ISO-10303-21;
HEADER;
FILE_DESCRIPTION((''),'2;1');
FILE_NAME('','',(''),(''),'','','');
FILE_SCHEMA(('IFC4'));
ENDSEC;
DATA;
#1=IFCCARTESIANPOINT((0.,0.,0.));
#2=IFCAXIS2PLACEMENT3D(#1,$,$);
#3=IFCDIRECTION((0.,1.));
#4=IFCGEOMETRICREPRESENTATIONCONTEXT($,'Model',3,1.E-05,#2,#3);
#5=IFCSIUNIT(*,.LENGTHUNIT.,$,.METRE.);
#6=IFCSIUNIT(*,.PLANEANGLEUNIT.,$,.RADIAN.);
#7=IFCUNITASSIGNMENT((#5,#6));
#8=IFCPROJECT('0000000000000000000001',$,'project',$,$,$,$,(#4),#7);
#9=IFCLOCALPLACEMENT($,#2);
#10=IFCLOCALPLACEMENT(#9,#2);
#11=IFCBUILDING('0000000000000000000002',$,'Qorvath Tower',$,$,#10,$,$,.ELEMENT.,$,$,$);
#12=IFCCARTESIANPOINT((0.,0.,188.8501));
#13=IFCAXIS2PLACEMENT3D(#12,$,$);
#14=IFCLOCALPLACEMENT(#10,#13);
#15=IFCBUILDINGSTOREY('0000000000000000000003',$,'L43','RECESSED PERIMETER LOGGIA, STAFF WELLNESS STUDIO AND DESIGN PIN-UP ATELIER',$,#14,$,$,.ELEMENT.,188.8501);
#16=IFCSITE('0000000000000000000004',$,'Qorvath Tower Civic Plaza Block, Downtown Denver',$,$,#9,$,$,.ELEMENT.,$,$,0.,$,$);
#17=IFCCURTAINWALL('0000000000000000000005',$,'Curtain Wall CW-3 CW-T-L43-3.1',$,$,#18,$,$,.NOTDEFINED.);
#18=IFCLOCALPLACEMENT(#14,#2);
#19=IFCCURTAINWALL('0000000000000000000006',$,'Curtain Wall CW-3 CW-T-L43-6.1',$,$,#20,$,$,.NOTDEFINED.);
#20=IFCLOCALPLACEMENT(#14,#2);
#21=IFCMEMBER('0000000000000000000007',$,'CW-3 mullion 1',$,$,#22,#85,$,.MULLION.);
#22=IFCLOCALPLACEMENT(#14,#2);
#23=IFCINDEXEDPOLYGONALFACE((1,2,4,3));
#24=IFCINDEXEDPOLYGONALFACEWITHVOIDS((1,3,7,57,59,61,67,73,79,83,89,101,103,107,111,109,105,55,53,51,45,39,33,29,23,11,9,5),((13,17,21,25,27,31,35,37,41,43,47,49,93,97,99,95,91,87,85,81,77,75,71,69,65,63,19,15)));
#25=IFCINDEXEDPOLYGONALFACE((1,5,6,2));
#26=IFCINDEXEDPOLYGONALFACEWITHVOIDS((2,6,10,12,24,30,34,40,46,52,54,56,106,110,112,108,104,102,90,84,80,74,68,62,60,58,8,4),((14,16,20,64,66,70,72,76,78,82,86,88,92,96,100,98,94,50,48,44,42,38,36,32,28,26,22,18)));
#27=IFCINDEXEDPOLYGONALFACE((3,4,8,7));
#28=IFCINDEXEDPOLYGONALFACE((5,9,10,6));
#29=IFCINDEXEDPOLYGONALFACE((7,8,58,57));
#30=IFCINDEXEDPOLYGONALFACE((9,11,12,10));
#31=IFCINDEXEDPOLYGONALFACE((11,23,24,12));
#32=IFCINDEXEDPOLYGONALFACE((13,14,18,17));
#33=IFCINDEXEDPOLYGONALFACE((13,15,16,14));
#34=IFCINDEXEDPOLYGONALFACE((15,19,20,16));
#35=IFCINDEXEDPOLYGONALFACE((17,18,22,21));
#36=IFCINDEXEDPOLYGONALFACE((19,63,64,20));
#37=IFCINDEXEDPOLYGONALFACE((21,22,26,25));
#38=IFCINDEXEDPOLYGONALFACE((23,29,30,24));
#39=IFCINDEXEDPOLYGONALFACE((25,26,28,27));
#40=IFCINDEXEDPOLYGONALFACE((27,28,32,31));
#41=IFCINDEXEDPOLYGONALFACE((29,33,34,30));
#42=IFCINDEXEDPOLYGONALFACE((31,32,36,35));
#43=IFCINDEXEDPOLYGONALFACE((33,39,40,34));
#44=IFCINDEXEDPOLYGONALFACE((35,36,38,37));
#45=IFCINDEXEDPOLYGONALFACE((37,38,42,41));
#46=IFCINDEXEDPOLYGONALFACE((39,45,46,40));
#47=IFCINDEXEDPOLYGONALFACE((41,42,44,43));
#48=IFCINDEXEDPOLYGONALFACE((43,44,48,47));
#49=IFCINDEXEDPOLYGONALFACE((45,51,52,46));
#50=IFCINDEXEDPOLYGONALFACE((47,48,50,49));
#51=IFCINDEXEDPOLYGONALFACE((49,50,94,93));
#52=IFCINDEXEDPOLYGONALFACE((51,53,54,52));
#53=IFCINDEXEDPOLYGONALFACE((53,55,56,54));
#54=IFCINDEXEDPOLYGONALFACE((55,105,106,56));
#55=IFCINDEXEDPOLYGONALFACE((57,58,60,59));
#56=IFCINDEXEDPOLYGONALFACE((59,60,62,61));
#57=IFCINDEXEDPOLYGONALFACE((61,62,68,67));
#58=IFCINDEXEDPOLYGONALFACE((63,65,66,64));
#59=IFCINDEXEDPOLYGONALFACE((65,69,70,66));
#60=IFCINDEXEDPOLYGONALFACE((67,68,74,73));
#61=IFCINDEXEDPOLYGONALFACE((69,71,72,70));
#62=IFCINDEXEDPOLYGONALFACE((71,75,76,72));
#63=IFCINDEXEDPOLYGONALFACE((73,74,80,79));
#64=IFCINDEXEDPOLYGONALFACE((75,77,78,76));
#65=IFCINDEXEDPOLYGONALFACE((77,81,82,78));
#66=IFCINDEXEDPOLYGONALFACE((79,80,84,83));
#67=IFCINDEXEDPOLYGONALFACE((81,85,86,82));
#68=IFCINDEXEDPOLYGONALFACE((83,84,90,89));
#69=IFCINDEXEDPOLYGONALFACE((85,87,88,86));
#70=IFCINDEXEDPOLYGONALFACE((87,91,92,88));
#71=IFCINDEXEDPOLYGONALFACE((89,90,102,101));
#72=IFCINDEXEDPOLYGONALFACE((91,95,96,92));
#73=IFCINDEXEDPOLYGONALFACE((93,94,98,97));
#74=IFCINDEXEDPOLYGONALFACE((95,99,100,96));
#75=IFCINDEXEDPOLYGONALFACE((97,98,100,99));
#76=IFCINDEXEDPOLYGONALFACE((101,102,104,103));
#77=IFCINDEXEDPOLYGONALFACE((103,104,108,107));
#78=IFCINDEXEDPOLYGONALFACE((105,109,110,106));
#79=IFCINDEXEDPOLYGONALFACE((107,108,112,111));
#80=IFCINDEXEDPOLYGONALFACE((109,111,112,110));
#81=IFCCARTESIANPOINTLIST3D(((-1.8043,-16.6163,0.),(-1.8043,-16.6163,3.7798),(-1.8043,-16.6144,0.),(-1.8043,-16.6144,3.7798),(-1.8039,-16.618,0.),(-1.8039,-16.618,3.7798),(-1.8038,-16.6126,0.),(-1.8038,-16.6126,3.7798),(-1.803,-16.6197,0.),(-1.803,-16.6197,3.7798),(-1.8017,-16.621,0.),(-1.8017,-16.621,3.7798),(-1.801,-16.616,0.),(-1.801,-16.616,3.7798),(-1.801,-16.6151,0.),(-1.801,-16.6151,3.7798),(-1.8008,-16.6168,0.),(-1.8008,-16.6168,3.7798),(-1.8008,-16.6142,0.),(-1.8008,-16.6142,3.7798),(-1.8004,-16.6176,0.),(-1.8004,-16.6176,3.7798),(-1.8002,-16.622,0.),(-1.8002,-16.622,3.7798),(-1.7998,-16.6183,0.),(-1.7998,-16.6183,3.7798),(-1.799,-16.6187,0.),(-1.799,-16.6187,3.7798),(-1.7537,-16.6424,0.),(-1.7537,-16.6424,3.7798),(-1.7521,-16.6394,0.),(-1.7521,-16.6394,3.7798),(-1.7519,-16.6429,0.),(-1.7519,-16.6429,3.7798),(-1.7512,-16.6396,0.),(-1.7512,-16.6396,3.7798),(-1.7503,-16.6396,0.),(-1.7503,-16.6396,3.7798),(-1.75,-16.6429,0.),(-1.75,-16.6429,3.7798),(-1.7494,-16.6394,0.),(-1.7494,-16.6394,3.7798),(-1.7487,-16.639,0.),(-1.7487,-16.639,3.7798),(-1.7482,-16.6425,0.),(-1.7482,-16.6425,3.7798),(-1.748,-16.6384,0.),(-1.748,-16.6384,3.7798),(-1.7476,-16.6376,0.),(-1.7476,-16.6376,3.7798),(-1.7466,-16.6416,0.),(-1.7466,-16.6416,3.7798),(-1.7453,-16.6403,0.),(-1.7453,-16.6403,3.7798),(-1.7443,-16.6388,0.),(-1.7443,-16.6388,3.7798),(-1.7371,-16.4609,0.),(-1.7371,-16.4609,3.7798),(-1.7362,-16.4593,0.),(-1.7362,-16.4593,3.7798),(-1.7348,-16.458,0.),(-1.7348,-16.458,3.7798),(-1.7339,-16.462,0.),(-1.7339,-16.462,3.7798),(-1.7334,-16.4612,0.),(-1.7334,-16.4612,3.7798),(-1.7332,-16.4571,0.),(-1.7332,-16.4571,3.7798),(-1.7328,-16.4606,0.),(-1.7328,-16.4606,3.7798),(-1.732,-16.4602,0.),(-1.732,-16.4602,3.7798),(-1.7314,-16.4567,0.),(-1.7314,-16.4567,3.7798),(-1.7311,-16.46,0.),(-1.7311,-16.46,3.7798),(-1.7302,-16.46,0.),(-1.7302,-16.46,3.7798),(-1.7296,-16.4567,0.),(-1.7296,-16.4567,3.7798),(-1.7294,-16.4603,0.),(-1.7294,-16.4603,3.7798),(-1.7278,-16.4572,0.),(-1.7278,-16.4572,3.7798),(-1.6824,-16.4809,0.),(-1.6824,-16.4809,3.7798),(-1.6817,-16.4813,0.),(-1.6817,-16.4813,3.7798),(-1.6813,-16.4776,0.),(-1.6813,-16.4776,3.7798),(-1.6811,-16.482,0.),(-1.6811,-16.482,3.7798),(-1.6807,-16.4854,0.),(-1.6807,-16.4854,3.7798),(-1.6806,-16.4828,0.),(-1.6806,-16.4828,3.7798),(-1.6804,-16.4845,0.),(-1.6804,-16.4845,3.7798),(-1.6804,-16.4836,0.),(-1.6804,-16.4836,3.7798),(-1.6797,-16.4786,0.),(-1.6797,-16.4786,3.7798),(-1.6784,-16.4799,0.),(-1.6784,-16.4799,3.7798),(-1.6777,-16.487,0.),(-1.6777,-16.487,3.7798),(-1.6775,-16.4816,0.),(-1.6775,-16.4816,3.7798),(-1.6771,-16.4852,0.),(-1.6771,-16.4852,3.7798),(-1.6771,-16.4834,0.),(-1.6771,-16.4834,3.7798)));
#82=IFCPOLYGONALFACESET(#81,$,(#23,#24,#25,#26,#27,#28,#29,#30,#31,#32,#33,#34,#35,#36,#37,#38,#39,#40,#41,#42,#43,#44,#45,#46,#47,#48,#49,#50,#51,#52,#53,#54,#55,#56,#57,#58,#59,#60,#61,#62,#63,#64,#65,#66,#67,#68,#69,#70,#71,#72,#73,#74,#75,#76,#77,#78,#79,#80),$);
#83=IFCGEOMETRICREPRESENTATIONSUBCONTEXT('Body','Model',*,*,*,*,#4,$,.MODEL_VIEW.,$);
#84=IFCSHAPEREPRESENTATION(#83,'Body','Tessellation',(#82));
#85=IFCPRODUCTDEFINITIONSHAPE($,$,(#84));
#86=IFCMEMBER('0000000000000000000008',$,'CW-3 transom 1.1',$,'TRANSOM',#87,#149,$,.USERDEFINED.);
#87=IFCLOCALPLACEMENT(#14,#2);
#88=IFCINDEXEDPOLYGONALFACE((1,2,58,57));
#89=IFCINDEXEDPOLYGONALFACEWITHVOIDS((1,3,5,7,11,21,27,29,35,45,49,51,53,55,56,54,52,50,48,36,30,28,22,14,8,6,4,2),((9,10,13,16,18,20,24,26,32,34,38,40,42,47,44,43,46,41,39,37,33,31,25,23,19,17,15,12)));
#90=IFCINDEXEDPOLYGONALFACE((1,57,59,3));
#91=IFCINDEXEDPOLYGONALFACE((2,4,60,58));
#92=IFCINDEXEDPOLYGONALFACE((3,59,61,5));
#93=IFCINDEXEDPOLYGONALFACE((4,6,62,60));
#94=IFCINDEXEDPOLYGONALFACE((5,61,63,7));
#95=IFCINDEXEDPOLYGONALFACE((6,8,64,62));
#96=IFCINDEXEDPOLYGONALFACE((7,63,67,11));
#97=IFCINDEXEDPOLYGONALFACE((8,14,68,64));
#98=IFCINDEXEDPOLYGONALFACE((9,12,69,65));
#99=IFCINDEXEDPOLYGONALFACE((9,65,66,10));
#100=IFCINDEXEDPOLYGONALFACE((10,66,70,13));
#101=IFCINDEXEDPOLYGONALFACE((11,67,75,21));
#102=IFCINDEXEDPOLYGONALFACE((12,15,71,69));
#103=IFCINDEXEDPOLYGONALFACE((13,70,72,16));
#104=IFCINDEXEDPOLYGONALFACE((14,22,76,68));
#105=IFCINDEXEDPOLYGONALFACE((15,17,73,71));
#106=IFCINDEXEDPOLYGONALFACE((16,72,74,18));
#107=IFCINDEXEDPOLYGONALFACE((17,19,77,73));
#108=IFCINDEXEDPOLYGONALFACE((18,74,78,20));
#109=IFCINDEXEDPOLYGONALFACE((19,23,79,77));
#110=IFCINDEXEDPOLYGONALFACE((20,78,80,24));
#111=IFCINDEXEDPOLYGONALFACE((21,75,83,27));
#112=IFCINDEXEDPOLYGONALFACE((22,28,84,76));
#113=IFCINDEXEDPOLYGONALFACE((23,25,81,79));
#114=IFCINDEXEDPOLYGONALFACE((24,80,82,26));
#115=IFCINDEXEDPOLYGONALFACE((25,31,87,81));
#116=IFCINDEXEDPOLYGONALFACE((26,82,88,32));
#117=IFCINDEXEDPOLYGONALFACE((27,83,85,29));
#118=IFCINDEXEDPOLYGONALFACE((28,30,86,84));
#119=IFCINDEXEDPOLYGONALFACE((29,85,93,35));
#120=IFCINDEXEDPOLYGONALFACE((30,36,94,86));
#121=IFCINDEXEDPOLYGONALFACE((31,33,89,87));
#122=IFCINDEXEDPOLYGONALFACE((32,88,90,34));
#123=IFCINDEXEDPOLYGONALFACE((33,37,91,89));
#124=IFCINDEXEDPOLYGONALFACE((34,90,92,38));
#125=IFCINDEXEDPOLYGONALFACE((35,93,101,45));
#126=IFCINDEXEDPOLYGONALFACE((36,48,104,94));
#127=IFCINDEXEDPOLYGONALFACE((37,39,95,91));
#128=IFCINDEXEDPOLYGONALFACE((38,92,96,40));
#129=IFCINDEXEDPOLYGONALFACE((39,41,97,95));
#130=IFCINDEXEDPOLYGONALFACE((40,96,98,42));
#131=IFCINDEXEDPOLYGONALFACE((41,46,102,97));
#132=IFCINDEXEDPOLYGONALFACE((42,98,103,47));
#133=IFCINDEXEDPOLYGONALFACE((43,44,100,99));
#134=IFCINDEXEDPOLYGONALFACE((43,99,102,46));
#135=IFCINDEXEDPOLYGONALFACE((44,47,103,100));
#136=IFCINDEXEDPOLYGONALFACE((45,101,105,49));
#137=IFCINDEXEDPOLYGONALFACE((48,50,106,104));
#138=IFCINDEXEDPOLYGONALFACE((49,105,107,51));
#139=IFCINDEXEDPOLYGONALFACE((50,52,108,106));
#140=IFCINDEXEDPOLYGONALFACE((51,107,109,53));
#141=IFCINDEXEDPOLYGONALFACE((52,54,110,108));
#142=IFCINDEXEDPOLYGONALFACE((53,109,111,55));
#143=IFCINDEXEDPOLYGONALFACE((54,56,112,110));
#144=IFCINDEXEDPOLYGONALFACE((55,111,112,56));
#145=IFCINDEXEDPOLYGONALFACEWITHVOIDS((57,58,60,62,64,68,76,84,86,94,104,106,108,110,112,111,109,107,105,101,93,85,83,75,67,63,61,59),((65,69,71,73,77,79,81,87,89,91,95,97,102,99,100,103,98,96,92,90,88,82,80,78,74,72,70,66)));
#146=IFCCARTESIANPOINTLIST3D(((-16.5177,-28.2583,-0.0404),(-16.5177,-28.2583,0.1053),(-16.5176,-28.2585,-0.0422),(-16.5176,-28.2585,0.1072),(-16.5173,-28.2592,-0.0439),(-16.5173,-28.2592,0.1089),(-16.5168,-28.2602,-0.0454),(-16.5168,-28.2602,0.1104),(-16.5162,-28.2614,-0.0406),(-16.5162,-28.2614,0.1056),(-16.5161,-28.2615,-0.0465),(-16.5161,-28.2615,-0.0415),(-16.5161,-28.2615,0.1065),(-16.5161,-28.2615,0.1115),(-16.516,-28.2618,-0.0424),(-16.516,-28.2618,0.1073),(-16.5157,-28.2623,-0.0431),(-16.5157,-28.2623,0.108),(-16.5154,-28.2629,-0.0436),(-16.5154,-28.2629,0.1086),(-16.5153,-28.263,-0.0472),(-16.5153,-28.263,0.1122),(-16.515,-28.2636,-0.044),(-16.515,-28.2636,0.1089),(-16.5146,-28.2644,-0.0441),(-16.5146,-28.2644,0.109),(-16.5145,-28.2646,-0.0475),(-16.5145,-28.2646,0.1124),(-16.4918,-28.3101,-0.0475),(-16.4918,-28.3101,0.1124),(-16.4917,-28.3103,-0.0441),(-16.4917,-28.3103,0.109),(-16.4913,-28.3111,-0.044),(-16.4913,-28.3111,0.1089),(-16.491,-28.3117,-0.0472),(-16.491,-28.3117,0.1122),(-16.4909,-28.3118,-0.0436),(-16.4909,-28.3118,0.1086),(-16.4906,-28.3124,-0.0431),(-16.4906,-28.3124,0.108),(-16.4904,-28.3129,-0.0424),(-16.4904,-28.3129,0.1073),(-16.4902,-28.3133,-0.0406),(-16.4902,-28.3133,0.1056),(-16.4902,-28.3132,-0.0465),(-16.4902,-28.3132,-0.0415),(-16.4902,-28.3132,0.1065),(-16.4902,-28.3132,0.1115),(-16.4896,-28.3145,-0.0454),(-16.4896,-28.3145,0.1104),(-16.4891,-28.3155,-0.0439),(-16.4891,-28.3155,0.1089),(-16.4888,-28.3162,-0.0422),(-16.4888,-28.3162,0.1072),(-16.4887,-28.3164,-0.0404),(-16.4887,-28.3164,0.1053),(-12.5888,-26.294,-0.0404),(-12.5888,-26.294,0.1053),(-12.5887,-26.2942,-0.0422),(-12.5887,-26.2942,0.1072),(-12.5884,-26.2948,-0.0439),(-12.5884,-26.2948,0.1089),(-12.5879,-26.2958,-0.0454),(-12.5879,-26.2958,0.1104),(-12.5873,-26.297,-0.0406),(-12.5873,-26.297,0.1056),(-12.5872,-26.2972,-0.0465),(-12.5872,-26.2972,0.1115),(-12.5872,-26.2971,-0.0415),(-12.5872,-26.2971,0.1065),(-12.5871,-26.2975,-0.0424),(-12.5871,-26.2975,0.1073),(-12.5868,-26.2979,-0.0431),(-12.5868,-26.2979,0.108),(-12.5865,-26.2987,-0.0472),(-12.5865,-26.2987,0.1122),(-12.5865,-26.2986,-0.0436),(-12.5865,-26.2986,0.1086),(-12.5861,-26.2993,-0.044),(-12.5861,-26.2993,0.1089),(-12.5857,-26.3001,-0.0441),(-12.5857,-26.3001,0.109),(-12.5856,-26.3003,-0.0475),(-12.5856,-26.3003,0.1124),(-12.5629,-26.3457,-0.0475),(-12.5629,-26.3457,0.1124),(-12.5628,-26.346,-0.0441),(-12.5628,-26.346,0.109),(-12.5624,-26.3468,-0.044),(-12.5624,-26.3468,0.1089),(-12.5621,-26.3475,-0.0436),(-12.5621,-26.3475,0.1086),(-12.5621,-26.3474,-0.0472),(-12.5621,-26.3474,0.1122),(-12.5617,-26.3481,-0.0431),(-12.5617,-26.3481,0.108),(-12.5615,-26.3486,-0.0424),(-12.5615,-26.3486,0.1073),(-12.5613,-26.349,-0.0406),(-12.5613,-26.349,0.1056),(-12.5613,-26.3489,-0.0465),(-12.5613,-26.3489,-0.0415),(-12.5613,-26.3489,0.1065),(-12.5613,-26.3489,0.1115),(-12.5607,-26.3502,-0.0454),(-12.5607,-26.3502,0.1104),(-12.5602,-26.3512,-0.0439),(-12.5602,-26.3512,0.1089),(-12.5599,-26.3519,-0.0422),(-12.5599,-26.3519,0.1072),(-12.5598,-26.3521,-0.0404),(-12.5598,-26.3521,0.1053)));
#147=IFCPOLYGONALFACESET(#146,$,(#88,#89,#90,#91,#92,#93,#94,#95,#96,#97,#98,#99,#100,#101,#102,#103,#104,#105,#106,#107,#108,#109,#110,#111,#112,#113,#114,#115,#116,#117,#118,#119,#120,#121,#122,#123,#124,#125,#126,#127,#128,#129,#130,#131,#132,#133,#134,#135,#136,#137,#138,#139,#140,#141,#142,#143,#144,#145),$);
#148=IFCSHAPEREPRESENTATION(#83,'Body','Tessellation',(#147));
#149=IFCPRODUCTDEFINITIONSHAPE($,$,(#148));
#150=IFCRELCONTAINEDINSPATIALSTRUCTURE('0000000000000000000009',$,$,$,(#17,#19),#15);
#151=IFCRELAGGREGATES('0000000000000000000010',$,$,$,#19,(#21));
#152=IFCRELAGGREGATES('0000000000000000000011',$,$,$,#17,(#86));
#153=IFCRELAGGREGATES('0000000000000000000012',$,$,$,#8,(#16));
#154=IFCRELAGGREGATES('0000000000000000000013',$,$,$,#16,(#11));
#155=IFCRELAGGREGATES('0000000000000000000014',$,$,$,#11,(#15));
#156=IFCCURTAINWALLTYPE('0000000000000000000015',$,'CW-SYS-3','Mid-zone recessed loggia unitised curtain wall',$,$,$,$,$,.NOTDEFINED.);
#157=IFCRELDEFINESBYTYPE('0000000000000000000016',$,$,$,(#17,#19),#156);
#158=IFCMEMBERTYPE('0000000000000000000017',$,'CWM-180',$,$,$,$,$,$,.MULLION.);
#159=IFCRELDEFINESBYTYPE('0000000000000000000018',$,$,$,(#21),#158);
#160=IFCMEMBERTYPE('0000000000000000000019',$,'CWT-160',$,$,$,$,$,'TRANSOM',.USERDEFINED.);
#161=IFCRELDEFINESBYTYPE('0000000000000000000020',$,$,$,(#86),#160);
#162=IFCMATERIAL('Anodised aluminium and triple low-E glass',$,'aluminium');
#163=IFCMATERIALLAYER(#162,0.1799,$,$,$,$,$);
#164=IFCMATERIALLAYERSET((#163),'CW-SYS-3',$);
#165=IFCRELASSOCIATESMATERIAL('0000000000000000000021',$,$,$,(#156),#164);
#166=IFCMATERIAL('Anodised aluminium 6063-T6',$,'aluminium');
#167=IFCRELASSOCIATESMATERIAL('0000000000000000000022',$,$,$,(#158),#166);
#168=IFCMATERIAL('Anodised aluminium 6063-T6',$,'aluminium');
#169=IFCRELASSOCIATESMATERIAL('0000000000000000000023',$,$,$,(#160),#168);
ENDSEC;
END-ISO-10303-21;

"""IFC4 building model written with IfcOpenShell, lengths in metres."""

from ifc_helpers import new_model, si_unit, direction, frame, origin, origin_2d, place, context, subcontext, project, spatial, hollow_rectangle, extrude, material, layer, layer_set, material_profile, profile_set, type_object, element, aggregate, save


model = new_model("IFC4")

# Units and contexts
model_context = context("Model", 3, precision=1e-05, world=origin(), true_north=direction((0.0, 1.0)))
body_context = subcontext(model_context, "Body", "Model", "MODEL_VIEW")
ifc_project = project(units=[si_unit("LENGTHUNIT", "METRE"), si_unit("PLANEANGLEUNIT", "RADIAN")], contexts=[model_context])

# Site, building, storey
site_placement = place(None, origin())
site = spatial("IfcSite", under=ifc_project, at=site_placement, Name="Qorvath Tower Civic Plaza Block, Downtown Denver", CompositionType="ELEMENT", RefElevation=0.0)
building_placement = place(site_placement, origin())
building = spatial("IfcBuilding", under=site, at=building_placement, Name="Qorvath Tower", CompositionType="ELEMENT")
storey_placement = place(building_placement, frame((0.0, 0.0, 188.8501)))
storey = spatial("IfcBuildingStorey", under=building, at=storey_placement, Name="L43", Description="RECESSED PERIMETER LOGGIA, STAFF WELLNESS STUDIO AND DESIGN PIN-UP ATELIER", CompositionType="ELEMENT", Elevation=188.8501)

# Shared definitions
ifc_material_1 = material(Name="Anodised aluminium and triple low-E glass", Category="aluminium")
ifc_layer_1 = layer(ifc_material_1, 0.1799)
ifc_layer_set_1 = layer_set([ifc_layer_1], Name="CW-SYS-3")
curtain_wall_type = type_object("IfcCurtainWallType", Name="CW-SYS-3", Description="Mid-zone recessed loggia unitised curtain wall", PredefinedType="NOTDEFINED", material=ifc_layer_set_1)
ifc_material_2 = material(Name="Anodised aluminium 6063-T6", Category="aluminium")
ifc_material_profile_1 = material_profile(ifc_material_2, hollow_rectangle(XDim=0.0649, YDim=0.1799, WallThickness=0.0034, InnerFilletRadius=0.0034, OuterFilletRadius=0.0071, at=origin_2d()), Name="CWM 180x65")
ifc_profile_set_1 = profile_set([ifc_material_profile_1], Name="Anodised aluminium 6063-T6")
member_type_1 = type_object("IfcMemberType", Name="CWM-180", PredefinedType="MULLION", material=ifc_profile_set_1)

# Curtain wall
curtain_wall_1_placement = place(storey_placement, origin())
curtain_wall_1 = element("IfcCurtainWall", 1, at=curtain_wall_1_placement, inside=storey, type_object=curtain_wall_type, Name="Curtain Wall CW-3 CW-T-L43-3.1", PredefinedType="NOTDEFINED")

# Curtain wall, member
curtain_wall_2_placement = place(storey_placement, origin())
curtain_wall_2 = element("IfcCurtainWall", 2, at=curtain_wall_2_placement, inside=storey, type_object=curtain_wall_type, Name="Curtain Wall CW-3 CW-T-L43-6.1", PredefinedType="NOTDEFINED")
member_1_placement = place(storey_placement, frame((-1.7407, -16.5498, 0.0), z_axis=(0.0, 0.0, 1.0), x_axis=(-0.915549, 0.402206, 0.0)))
member_1 = element("IfcMember", 3, at=member_1_placement, type_object=member_type_1, Name="CW-3 mullion 1", PredefinedType="MULLION", context=body_context, shape_type="SweptSolid", body=[
    extrude(hollow_rectangle(XDim=0.0649, YDim=0.1799, WallThickness=0.0034, InnerFilletRadius=0.0034, OuterFilletRadius=0.0071, at=origin_2d()), origin(), (0.0, 0.0, 1.0), 3.7798),
])

# Member
ifc_material_3 = material(Name="Anodised aluminium 6063-T6", Category="aluminium")
ifc_material_profile_2 = material_profile(ifc_material_3, hollow_rectangle(XDim=0.0649, YDim=0.1599, WallThickness=0.0034, InnerFilletRadius=0.0034, OuterFilletRadius=0.0071, at=origin_2d()), Name="CWT 160x65")
ifc_profile_set_2 = profile_set([ifc_material_profile_2], Name="Anodised aluminium 6063-T6")
member_type_2 = type_object("IfcMemberType", Name="CWT-160", ElementType="TRANSOM", PredefinedType="USERDEFINED", material=ifc_profile_set_2)
member_2_placement = place(storey_placement, frame((-16.5032, -28.2874, 0.0325), z_axis=(0.894438, 0.447191, 0.0), x_axis=(-0.447191, 0.894438, 0.0)))
member_2 = element("IfcMember", 4, at=member_2_placement, type_object=member_type_2, Name="CW-3 transom 1.1", ObjectType="TRANSOM", PredefinedType="USERDEFINED", context=body_context, shape_type="SweptSolid", body=[
    extrude(hollow_rectangle(XDim=0.0649, YDim=0.1599, WallThickness=0.0034, InnerFilletRadius=0.0034, OuterFilletRadius=0.0071, at=origin_2d()), origin(), (0.0, 0.0, 1.0), 4.3926),
])
aggregate(curtain_wall_2, [member_1])

aggregate(curtain_wall_1, [member_2])

save(model, "model.ifc")
